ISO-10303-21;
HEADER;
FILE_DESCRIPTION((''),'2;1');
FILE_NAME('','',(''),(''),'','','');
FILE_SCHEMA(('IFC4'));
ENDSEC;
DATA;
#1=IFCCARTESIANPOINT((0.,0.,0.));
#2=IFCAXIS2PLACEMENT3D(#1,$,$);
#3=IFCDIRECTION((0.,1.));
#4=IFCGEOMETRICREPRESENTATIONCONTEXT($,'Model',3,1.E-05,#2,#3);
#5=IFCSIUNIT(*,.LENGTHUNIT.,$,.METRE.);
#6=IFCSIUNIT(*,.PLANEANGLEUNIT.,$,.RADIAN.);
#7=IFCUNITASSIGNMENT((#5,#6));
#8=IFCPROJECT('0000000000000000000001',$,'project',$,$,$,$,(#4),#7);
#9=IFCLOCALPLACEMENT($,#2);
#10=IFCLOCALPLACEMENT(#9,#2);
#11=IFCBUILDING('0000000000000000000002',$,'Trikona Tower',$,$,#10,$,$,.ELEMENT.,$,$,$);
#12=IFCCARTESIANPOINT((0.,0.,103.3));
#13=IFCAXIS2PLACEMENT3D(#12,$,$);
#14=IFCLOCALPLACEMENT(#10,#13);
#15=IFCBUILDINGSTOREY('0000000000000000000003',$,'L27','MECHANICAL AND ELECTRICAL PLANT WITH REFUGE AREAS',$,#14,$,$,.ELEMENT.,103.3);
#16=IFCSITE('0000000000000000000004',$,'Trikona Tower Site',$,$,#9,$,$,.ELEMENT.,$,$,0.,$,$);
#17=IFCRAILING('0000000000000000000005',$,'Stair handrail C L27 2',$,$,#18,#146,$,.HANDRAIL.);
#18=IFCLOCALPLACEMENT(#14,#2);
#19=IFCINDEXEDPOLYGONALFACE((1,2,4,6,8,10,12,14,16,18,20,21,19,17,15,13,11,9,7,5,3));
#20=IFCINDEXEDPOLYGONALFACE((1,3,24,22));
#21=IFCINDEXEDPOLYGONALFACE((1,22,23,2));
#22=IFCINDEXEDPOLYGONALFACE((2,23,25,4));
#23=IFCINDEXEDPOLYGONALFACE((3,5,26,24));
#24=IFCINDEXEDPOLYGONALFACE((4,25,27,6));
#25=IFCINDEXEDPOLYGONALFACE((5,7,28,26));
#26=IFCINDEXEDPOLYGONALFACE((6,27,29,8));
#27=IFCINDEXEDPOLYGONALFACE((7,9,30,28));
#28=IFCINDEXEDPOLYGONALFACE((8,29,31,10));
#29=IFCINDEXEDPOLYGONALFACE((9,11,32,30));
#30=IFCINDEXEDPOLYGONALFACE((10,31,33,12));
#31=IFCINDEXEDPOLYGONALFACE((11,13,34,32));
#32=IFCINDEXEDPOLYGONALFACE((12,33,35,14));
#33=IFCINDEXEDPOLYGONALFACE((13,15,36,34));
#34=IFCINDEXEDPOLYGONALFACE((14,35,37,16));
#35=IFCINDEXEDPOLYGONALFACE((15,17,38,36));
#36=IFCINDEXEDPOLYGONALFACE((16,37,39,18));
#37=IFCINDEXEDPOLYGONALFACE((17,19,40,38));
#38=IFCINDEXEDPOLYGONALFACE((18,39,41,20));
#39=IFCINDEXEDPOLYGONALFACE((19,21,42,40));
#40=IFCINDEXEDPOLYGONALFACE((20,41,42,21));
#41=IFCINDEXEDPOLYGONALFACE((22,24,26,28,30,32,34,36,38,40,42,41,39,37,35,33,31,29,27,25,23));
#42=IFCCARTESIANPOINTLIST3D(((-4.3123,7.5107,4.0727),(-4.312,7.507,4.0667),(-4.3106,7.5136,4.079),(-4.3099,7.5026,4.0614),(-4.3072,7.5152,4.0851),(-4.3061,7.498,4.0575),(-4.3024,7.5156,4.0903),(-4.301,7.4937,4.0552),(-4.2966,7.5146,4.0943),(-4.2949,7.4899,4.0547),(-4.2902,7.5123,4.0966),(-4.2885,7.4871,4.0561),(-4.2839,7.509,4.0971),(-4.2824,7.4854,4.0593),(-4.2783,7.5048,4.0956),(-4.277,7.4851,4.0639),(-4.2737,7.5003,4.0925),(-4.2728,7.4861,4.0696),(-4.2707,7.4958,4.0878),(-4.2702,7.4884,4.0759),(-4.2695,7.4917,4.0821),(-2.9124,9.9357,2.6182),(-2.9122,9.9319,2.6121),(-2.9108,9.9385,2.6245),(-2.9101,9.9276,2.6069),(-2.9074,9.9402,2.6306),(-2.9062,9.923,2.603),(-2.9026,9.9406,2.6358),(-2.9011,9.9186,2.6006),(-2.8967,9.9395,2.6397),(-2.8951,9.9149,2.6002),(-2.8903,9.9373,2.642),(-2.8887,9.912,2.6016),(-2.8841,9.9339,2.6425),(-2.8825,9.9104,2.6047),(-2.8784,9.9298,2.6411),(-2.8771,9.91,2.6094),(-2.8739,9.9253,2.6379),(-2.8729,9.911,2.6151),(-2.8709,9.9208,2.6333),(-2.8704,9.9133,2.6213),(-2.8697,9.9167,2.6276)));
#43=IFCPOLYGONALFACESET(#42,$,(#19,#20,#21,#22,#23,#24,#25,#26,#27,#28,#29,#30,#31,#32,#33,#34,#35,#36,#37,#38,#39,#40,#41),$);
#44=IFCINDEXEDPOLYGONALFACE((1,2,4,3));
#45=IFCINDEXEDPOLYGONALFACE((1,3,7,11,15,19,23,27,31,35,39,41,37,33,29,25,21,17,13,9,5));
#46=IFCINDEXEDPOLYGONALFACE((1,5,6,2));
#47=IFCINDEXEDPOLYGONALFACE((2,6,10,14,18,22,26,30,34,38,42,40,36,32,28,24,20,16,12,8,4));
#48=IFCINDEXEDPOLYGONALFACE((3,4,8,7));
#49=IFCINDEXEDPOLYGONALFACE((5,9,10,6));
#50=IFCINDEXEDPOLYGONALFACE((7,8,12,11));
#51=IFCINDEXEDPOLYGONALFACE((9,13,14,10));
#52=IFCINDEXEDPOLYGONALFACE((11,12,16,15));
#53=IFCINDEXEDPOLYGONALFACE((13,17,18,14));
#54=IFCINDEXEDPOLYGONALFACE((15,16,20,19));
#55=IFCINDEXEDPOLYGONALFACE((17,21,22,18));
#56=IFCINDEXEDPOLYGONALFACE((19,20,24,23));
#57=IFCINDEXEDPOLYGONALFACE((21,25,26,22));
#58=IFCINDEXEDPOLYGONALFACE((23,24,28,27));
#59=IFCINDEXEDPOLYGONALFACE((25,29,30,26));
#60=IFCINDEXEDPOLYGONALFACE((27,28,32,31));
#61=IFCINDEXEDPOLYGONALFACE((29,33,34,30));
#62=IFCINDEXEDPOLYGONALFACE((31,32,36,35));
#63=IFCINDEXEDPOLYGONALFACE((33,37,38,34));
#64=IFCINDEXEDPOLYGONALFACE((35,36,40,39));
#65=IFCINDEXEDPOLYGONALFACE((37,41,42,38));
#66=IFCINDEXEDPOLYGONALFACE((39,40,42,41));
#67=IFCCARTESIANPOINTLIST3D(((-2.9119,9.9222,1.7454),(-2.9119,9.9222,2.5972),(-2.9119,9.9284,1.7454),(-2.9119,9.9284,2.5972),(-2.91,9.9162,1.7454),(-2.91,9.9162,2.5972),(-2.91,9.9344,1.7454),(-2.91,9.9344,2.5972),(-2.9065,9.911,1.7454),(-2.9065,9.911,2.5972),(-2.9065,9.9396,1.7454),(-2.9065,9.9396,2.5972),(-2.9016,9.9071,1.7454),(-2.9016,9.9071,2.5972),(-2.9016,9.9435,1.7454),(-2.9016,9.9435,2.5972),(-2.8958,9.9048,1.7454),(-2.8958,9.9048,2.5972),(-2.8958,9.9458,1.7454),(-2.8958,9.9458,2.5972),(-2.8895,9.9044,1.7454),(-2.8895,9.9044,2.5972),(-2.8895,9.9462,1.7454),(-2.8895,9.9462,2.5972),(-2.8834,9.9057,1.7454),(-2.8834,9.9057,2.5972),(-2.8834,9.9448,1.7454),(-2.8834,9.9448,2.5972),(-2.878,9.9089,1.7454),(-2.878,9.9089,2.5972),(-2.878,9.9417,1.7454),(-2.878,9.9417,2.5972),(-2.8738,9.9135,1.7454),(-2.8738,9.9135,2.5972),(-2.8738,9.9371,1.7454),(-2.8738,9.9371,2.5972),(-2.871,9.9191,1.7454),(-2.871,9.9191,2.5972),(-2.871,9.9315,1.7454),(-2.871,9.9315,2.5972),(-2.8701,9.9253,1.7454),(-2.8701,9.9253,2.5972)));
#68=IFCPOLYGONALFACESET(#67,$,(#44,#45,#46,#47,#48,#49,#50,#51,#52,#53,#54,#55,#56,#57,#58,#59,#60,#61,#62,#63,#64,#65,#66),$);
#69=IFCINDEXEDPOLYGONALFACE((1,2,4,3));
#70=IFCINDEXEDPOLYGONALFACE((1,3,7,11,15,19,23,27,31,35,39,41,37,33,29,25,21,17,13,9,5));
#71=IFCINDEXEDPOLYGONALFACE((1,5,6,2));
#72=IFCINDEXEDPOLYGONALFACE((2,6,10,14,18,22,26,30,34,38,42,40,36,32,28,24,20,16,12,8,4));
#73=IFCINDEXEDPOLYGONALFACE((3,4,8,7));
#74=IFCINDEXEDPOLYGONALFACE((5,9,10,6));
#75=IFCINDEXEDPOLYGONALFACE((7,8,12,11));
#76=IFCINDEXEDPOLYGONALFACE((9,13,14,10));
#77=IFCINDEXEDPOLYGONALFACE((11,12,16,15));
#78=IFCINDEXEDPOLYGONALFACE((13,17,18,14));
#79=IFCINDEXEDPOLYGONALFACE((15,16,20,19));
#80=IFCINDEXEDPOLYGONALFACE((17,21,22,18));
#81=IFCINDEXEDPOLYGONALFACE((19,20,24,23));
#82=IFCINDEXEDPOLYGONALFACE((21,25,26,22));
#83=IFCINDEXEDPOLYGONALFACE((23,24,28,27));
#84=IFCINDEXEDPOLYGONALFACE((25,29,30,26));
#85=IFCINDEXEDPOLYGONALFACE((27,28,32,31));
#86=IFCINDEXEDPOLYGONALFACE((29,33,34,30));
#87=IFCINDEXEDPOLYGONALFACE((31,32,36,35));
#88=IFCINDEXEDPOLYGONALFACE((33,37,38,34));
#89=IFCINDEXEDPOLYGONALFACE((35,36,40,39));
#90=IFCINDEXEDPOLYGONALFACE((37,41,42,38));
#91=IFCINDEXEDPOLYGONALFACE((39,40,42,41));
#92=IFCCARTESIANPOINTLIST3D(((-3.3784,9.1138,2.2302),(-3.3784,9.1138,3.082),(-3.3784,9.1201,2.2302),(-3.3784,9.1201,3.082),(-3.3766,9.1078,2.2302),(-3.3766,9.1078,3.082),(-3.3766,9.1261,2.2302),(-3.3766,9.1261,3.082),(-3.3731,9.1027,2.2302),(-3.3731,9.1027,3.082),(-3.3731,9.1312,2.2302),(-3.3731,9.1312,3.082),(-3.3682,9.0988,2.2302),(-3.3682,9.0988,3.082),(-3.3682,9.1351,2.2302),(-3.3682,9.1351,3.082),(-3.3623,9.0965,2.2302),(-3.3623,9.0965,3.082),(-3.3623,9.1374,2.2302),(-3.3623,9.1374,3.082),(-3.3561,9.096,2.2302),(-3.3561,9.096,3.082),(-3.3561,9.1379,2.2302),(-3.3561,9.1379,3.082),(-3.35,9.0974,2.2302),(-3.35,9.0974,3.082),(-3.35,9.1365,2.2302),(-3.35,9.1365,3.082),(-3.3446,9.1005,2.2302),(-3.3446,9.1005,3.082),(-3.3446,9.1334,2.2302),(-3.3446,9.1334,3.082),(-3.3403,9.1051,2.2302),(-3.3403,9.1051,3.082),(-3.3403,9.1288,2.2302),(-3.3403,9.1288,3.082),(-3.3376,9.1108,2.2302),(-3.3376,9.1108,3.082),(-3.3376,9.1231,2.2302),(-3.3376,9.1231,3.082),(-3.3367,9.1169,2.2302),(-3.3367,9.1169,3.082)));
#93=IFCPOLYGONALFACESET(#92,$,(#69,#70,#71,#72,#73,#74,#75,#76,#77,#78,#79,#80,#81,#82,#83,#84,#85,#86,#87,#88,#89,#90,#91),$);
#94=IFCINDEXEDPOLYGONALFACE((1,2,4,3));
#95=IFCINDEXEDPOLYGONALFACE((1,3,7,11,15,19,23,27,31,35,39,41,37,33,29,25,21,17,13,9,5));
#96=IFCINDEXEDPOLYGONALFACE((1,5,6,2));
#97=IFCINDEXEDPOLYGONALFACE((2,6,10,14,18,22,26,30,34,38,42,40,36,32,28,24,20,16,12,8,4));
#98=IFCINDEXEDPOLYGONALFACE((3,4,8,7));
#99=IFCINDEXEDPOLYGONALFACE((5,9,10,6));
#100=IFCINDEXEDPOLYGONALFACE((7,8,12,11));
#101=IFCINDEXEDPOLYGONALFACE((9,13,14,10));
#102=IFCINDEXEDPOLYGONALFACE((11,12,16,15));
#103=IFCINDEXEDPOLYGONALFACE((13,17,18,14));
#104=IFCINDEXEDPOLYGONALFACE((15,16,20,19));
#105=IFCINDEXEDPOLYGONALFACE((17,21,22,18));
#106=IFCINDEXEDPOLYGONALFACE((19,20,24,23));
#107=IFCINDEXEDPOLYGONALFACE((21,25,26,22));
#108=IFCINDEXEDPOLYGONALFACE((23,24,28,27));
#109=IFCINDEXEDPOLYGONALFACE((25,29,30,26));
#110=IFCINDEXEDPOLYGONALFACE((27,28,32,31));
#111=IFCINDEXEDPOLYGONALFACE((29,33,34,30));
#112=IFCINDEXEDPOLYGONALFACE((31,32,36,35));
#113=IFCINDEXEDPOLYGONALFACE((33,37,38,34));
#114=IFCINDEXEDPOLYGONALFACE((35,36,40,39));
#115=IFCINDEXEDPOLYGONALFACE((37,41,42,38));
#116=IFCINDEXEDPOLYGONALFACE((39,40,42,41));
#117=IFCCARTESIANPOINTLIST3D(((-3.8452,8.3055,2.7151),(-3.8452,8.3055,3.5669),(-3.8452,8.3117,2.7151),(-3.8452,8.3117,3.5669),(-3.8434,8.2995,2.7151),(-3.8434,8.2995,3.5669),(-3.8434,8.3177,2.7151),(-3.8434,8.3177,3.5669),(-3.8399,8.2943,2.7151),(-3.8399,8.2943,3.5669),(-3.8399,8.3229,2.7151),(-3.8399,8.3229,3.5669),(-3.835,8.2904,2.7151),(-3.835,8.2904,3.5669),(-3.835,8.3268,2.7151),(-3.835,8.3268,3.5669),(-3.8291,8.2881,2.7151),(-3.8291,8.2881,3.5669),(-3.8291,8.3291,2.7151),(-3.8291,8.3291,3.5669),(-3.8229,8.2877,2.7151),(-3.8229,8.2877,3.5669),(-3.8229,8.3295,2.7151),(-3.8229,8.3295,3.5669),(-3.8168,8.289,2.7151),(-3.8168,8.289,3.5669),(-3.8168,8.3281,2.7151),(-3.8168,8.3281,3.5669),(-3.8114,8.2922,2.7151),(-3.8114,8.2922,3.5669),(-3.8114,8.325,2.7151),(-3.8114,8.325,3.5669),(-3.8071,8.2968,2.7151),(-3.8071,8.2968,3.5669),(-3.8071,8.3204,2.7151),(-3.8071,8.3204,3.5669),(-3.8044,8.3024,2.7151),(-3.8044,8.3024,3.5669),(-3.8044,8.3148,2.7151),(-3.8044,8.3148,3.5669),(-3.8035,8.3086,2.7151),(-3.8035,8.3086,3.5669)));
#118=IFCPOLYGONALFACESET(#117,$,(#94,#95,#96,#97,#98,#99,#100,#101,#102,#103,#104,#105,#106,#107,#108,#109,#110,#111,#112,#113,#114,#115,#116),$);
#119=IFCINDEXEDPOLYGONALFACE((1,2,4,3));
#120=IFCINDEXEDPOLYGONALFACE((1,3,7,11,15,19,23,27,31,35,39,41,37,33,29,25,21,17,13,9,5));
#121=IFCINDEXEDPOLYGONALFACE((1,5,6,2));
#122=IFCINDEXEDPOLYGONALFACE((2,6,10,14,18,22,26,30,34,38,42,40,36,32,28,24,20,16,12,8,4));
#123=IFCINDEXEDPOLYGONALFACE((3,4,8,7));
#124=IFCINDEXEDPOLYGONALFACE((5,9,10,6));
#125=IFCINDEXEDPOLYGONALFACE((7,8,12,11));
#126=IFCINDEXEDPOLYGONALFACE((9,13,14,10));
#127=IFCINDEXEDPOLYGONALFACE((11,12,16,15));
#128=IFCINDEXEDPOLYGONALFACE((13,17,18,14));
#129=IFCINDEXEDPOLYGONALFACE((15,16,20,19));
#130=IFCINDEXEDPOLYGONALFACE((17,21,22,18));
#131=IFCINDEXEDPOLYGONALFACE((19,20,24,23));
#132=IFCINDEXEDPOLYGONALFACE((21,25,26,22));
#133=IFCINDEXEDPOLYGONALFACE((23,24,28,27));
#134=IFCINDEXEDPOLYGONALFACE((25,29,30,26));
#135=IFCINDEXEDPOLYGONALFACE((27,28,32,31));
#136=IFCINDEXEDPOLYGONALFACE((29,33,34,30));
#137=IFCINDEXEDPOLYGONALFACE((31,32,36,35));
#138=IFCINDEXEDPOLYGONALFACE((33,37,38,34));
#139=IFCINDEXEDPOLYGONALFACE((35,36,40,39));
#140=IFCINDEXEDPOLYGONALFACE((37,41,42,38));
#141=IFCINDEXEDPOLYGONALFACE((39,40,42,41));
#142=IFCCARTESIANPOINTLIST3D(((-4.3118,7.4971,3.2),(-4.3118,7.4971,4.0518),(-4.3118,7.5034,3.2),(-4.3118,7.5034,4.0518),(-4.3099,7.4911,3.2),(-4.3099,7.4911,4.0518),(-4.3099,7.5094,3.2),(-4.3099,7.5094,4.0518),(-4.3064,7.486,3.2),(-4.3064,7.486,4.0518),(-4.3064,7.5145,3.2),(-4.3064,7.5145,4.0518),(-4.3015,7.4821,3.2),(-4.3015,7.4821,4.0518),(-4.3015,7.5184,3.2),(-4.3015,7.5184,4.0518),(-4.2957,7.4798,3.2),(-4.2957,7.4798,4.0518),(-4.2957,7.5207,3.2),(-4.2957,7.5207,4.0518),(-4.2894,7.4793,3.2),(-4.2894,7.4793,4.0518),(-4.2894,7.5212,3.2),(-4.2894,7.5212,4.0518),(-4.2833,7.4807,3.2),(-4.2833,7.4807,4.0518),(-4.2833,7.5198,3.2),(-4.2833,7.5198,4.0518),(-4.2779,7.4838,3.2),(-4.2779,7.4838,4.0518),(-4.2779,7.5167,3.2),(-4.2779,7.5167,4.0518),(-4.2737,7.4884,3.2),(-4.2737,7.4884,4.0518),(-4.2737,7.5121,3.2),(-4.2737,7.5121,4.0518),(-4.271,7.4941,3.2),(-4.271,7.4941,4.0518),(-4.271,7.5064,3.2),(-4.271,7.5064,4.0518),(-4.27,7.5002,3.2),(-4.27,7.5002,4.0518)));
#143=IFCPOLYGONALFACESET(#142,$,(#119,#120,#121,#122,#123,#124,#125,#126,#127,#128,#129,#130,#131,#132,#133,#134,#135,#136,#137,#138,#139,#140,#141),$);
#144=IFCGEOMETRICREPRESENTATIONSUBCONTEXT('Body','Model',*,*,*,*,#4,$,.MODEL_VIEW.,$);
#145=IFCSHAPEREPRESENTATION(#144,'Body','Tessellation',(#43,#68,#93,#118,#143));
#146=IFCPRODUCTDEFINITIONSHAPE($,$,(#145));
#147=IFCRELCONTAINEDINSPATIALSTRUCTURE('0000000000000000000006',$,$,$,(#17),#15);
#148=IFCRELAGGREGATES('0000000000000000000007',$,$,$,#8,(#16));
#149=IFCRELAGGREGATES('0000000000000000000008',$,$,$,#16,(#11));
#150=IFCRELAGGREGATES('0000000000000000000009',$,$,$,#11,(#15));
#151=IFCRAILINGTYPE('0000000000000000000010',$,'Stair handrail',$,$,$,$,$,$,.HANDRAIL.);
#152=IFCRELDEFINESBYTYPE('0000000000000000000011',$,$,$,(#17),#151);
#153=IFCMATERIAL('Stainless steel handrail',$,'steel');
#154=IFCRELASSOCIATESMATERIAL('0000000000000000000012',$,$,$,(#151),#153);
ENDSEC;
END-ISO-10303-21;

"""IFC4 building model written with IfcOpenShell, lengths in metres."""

from ifc_helpers import new_model, si_unit, direction, frame, origin, origin_2d, place, context, subcontext, project, spatial, circle, extrude, material, type_object, element, save


model = new_model("IFC4")

# Units and contexts
model_context = context("Model", 3, precision=1e-05, world=origin(), true_north=direction((0.0, 1.0)))
body_context = subcontext(model_context, "Body", "Model", "MODEL_VIEW")
ifc_project = project(units=[si_unit("LENGTHUNIT", "METRE"), si_unit("PLANEANGLEUNIT", "RADIAN")], contexts=[model_context])

# Site, building, storey
site_placement = place(None, origin())
site = spatial("IfcSite", under=ifc_project, at=site_placement, Name="Trikona Tower Site", CompositionType="ELEMENT", RefElevation=0.0)
building_placement = place(site_placement, origin())
building = spatial("IfcBuilding", under=site, at=building_placement, Name="Trikona Tower", CompositionType="ELEMENT")
storey_placement = place(building_placement, frame((0.0, 0.0, 103.3)))
storey = spatial("IfcBuildingStorey", under=building, at=storey_placement, Name="L27", Description="MECHANICAL AND ELECTRICAL PLANT WITH REFUGE AREAS", CompositionType="ELEMENT", Elevation=103.3)

# Railing
ifc_material_1 = material(Name="Stainless steel handrail", Category="steel")
railing_type = type_object("IfcRailingType", Name="Stair handrail", PredefinedType="HANDRAIL", material=ifc_material_1)
railing_1_placement = place(storey_placement, frame((-2.8911, 9.9253, 1.7454)))
element("IfcRailing", 1, at=railing_1_placement, inside=storey, type_object=railing_type, Name="Stair handrail C L27 2", PredefinedType="HANDRAIL", context=body_context, shape_type="SweptSolid", body=[
    extrude(circle(Radius=0.0239, at=origin_2d()), frame((0.0, 0.0, 0.876), z_axis=(-0.443656, -0.768544, 0.460987), x_axis=(0.866056, -0.499946, 0.0)), (0.0, 0.0, 1.0), 3.1553),
    extrude(circle(Radius=0.021, at=origin_2d()), origin(), (0.0, 0.0, 1.0), 0.8518),
    extrude(circle(Radius=0.021, at=origin_2d()), frame((-0.4666, -0.8083, 0.4849)), (0.0, 0.0, 1.0), 0.8518),
    extrude(circle(Radius=0.021, at=origin_2d()), frame((-0.9333, -1.6167, 0.9697)), (0.0, 0.0, 1.0), 0.8518),
    extrude(circle(Radius=0.021, at=origin_2d()), frame((-1.3999, -2.425, 1.4546)), (0.0, 0.0, 1.0), 0.8518),
])

save(model, "model.ifc")
